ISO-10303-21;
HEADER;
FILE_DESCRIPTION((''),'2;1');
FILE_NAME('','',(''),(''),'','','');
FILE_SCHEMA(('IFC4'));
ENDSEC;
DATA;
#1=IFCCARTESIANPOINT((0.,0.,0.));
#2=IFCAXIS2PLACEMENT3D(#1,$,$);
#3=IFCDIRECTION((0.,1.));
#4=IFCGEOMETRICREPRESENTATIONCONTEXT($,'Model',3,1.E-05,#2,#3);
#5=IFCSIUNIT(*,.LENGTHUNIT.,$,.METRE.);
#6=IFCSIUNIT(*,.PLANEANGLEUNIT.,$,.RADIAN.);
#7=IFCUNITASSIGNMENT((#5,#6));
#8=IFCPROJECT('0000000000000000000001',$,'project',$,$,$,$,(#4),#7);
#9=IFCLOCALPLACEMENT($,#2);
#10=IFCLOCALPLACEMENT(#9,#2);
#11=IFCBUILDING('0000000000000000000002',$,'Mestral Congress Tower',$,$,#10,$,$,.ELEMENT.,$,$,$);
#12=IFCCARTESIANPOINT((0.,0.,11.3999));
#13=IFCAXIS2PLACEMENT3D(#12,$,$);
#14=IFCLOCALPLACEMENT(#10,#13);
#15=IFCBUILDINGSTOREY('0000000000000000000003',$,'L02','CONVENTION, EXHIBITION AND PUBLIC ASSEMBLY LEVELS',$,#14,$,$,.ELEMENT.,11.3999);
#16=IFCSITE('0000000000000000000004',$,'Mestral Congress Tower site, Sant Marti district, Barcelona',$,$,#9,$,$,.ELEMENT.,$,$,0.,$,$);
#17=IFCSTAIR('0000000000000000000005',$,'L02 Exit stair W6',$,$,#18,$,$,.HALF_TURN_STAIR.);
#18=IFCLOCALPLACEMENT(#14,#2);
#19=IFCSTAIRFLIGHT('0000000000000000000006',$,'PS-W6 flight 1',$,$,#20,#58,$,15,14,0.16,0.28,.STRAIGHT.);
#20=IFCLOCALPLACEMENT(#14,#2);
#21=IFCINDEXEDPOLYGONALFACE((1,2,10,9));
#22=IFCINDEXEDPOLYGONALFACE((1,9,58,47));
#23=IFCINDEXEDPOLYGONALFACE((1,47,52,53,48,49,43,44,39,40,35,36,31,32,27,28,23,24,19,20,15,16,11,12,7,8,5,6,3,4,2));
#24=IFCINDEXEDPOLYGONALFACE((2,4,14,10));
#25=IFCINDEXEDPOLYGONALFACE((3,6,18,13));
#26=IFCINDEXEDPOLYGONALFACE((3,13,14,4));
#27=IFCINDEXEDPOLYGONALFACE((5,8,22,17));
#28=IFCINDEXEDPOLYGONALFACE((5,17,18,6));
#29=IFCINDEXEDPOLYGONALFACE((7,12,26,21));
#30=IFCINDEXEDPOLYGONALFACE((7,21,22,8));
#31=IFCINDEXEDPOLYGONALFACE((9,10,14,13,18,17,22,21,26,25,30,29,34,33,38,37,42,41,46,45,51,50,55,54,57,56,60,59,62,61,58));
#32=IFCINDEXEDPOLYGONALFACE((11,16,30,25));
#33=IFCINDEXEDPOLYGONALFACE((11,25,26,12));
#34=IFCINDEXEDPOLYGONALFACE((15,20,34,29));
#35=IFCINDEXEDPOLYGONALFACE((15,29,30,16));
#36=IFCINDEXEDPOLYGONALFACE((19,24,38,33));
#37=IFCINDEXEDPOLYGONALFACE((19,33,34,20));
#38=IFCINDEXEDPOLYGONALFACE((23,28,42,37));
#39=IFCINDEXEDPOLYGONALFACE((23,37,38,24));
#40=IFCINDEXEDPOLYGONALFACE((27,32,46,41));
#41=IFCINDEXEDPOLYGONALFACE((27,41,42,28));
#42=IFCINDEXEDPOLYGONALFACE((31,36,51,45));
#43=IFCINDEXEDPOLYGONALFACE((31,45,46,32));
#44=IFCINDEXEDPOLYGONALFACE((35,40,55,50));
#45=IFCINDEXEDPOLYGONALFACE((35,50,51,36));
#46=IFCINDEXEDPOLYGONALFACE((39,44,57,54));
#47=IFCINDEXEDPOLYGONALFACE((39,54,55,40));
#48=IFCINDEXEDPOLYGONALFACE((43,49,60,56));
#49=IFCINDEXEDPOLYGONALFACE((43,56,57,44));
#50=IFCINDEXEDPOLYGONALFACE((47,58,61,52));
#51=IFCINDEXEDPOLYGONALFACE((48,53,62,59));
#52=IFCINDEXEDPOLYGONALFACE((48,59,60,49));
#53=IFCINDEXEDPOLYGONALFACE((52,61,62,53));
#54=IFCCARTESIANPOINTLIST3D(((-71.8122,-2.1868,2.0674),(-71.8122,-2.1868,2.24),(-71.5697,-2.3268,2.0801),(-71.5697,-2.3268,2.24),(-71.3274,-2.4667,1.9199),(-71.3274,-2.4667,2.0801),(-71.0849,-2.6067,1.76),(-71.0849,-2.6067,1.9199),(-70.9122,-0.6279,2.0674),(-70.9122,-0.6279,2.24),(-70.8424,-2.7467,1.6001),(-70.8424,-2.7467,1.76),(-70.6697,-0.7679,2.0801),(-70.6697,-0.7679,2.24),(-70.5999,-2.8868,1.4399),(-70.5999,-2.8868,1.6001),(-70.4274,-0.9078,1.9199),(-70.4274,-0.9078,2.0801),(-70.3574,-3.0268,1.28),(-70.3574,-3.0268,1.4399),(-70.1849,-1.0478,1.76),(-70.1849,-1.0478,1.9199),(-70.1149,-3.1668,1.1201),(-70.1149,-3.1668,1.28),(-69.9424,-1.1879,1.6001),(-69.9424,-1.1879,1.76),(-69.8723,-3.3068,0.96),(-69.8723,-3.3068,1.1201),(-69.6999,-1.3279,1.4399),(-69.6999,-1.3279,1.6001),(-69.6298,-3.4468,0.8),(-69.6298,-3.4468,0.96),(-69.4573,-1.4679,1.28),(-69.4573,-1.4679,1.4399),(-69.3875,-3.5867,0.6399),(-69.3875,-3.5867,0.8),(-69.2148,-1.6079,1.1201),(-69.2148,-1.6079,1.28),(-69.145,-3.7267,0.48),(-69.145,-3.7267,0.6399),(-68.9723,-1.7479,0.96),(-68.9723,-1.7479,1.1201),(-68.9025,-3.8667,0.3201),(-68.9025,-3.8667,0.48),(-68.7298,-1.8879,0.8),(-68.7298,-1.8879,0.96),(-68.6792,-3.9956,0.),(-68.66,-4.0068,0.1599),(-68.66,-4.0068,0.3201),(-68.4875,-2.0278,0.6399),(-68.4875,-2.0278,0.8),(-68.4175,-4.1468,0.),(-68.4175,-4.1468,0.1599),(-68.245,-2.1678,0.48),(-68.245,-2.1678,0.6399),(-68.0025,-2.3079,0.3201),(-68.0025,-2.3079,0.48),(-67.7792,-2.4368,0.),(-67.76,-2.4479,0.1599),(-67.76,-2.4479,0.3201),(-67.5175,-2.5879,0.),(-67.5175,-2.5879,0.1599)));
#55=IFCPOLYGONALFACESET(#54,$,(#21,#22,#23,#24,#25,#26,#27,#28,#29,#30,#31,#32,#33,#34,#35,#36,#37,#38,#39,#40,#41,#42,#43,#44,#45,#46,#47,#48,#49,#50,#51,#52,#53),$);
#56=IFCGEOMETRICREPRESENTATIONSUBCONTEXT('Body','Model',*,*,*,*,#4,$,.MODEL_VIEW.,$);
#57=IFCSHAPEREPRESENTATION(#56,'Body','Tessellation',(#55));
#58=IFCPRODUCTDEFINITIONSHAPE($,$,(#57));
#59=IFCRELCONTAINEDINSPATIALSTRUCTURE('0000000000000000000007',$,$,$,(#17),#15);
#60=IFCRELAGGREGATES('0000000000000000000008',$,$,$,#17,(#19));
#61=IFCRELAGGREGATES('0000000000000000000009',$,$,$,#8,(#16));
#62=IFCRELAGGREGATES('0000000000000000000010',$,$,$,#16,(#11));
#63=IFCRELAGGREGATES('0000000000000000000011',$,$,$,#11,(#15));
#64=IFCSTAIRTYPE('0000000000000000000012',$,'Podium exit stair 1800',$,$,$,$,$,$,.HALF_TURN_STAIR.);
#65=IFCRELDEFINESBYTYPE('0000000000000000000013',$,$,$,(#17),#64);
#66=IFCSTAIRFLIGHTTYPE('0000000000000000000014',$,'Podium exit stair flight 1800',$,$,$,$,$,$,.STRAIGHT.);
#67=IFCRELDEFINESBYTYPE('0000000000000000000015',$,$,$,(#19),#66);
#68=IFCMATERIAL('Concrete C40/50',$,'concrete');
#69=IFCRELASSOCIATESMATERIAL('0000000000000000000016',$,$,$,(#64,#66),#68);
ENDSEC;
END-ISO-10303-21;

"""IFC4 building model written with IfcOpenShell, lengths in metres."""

from ifc_helpers import new_model, si_unit, direction, frame, origin, place, context, subcontext, project, spatial, polyline, outline, extrude, material, type_object, element, aggregate, save


model = new_model("IFC4")

# Units and contexts
model_context = context("Model", 3, precision=1e-05, world=origin(), true_north=direction((0.0, 1.0)))
body_context = subcontext(model_context, "Body", "Model", "MODEL_VIEW")
ifc_project = project(units=[si_unit("LENGTHUNIT", "METRE"), si_unit("PLANEANGLEUNIT", "RADIAN")], contexts=[model_context])

# Site, building, storey
site_placement = place(None, origin())
site = spatial("IfcSite", under=ifc_project, at=site_placement, Name="Mestral Congress Tower site, Sant Marti district, Barcelona", CompositionType="ELEMENT", RefElevation=0.0)
building_placement = place(site_placement, origin())
building = spatial("IfcBuilding", under=site, at=building_placement, Name="Mestral Congress Tower", CompositionType="ELEMENT")
storey_placement = place(building_placement, frame((0.0, 0.0, 11.3999)))
storey = spatial("IfcBuildingStorey", under=building, at=storey_placement, Name="L02", Description="CONVENTION, EXHIBITION AND PUBLIC ASSEMBLY LEVELS", CompositionType="ELEMENT", Elevation=11.3999)

# Shared definitions
ifc_material_1 = material(Name="Concrete C40/50", Category="concrete")
stair_type = type_object("IfcStairType", Name="Podium exit stair 1800", PredefinedType="HALF_TURN_STAIR", material=ifc_material_1)
placement = place(storey_placement, origin())
stair_flight_type = type_object("IfcStairFlightType", Name="Podium exit stair flight 1800", PredefinedType="STRAIGHT", material=ifc_material_1)

# Stair, stair flight
stair_1 = element("IfcStair", 1, at=placement, inside=storey, type_object=stair_type, Name="L02 Exit stair W6", PredefinedType="HALF_TURN_STAIR")
stair_flight_1_placement = place(storey_placement, frame((-67.9675, -3.3674, 0.0), z_axis=(0.0, 0.0, 1.0), x_axis=(-0.866025, 0.5, 0.0)))
stair_flight_1 = element("IfcStairFlight", 2, at=stair_flight_1_placement, type_object=stair_flight_type, Name="PS-W6 flight 1", NumberOfRisers=15, NumberOfTreads=14, PredefinedType="STRAIGHT", RiserHeight=0.16, TreadLength=0.28, context=body_context, shape_type="SweptSolid", body=[
    extrude(outline(polyline([(0.0, 0.0), (0.0, 0.1599), (0.28, 0.1599), (0.28, 0.3201), (0.5601, 0.3201), (0.5601, 0.48), (0.8401, 0.48), (0.8401, 0.6399), (1.1201, 0.6399), (1.1201, 0.8), (1.3999, 0.8), (1.3999, 0.96), (1.6799, 0.96), (1.6799, 1.1201), (1.96, 1.1201), (1.96, 1.28), (2.24, 1.28), (2.24, 1.4399), (2.52, 1.4399), (2.52, 1.6001), (2.8, 1.6001), (2.8, 1.76), (3.0801, 1.76), (3.0801, 1.9199), (3.3601, 1.9199), (3.3601, 2.0801), (3.6399, 2.0801), (3.6399, 2.24), (3.9199, 2.24), (3.9199, 2.3999), (3.9199, 2.0674), (0.3022, 0.0), (0.0, 0.0)])), frame((0.0, 0.8999, 0.0), z_axis=(0.0, -1.0, 0.0), x_axis=(1.0, 0.0, 0.0)), (0.0, 0.0, 1.0), 1.8),
])
aggregate(stair_1, [stair_flight_1])

save(model, "model.ifc")
